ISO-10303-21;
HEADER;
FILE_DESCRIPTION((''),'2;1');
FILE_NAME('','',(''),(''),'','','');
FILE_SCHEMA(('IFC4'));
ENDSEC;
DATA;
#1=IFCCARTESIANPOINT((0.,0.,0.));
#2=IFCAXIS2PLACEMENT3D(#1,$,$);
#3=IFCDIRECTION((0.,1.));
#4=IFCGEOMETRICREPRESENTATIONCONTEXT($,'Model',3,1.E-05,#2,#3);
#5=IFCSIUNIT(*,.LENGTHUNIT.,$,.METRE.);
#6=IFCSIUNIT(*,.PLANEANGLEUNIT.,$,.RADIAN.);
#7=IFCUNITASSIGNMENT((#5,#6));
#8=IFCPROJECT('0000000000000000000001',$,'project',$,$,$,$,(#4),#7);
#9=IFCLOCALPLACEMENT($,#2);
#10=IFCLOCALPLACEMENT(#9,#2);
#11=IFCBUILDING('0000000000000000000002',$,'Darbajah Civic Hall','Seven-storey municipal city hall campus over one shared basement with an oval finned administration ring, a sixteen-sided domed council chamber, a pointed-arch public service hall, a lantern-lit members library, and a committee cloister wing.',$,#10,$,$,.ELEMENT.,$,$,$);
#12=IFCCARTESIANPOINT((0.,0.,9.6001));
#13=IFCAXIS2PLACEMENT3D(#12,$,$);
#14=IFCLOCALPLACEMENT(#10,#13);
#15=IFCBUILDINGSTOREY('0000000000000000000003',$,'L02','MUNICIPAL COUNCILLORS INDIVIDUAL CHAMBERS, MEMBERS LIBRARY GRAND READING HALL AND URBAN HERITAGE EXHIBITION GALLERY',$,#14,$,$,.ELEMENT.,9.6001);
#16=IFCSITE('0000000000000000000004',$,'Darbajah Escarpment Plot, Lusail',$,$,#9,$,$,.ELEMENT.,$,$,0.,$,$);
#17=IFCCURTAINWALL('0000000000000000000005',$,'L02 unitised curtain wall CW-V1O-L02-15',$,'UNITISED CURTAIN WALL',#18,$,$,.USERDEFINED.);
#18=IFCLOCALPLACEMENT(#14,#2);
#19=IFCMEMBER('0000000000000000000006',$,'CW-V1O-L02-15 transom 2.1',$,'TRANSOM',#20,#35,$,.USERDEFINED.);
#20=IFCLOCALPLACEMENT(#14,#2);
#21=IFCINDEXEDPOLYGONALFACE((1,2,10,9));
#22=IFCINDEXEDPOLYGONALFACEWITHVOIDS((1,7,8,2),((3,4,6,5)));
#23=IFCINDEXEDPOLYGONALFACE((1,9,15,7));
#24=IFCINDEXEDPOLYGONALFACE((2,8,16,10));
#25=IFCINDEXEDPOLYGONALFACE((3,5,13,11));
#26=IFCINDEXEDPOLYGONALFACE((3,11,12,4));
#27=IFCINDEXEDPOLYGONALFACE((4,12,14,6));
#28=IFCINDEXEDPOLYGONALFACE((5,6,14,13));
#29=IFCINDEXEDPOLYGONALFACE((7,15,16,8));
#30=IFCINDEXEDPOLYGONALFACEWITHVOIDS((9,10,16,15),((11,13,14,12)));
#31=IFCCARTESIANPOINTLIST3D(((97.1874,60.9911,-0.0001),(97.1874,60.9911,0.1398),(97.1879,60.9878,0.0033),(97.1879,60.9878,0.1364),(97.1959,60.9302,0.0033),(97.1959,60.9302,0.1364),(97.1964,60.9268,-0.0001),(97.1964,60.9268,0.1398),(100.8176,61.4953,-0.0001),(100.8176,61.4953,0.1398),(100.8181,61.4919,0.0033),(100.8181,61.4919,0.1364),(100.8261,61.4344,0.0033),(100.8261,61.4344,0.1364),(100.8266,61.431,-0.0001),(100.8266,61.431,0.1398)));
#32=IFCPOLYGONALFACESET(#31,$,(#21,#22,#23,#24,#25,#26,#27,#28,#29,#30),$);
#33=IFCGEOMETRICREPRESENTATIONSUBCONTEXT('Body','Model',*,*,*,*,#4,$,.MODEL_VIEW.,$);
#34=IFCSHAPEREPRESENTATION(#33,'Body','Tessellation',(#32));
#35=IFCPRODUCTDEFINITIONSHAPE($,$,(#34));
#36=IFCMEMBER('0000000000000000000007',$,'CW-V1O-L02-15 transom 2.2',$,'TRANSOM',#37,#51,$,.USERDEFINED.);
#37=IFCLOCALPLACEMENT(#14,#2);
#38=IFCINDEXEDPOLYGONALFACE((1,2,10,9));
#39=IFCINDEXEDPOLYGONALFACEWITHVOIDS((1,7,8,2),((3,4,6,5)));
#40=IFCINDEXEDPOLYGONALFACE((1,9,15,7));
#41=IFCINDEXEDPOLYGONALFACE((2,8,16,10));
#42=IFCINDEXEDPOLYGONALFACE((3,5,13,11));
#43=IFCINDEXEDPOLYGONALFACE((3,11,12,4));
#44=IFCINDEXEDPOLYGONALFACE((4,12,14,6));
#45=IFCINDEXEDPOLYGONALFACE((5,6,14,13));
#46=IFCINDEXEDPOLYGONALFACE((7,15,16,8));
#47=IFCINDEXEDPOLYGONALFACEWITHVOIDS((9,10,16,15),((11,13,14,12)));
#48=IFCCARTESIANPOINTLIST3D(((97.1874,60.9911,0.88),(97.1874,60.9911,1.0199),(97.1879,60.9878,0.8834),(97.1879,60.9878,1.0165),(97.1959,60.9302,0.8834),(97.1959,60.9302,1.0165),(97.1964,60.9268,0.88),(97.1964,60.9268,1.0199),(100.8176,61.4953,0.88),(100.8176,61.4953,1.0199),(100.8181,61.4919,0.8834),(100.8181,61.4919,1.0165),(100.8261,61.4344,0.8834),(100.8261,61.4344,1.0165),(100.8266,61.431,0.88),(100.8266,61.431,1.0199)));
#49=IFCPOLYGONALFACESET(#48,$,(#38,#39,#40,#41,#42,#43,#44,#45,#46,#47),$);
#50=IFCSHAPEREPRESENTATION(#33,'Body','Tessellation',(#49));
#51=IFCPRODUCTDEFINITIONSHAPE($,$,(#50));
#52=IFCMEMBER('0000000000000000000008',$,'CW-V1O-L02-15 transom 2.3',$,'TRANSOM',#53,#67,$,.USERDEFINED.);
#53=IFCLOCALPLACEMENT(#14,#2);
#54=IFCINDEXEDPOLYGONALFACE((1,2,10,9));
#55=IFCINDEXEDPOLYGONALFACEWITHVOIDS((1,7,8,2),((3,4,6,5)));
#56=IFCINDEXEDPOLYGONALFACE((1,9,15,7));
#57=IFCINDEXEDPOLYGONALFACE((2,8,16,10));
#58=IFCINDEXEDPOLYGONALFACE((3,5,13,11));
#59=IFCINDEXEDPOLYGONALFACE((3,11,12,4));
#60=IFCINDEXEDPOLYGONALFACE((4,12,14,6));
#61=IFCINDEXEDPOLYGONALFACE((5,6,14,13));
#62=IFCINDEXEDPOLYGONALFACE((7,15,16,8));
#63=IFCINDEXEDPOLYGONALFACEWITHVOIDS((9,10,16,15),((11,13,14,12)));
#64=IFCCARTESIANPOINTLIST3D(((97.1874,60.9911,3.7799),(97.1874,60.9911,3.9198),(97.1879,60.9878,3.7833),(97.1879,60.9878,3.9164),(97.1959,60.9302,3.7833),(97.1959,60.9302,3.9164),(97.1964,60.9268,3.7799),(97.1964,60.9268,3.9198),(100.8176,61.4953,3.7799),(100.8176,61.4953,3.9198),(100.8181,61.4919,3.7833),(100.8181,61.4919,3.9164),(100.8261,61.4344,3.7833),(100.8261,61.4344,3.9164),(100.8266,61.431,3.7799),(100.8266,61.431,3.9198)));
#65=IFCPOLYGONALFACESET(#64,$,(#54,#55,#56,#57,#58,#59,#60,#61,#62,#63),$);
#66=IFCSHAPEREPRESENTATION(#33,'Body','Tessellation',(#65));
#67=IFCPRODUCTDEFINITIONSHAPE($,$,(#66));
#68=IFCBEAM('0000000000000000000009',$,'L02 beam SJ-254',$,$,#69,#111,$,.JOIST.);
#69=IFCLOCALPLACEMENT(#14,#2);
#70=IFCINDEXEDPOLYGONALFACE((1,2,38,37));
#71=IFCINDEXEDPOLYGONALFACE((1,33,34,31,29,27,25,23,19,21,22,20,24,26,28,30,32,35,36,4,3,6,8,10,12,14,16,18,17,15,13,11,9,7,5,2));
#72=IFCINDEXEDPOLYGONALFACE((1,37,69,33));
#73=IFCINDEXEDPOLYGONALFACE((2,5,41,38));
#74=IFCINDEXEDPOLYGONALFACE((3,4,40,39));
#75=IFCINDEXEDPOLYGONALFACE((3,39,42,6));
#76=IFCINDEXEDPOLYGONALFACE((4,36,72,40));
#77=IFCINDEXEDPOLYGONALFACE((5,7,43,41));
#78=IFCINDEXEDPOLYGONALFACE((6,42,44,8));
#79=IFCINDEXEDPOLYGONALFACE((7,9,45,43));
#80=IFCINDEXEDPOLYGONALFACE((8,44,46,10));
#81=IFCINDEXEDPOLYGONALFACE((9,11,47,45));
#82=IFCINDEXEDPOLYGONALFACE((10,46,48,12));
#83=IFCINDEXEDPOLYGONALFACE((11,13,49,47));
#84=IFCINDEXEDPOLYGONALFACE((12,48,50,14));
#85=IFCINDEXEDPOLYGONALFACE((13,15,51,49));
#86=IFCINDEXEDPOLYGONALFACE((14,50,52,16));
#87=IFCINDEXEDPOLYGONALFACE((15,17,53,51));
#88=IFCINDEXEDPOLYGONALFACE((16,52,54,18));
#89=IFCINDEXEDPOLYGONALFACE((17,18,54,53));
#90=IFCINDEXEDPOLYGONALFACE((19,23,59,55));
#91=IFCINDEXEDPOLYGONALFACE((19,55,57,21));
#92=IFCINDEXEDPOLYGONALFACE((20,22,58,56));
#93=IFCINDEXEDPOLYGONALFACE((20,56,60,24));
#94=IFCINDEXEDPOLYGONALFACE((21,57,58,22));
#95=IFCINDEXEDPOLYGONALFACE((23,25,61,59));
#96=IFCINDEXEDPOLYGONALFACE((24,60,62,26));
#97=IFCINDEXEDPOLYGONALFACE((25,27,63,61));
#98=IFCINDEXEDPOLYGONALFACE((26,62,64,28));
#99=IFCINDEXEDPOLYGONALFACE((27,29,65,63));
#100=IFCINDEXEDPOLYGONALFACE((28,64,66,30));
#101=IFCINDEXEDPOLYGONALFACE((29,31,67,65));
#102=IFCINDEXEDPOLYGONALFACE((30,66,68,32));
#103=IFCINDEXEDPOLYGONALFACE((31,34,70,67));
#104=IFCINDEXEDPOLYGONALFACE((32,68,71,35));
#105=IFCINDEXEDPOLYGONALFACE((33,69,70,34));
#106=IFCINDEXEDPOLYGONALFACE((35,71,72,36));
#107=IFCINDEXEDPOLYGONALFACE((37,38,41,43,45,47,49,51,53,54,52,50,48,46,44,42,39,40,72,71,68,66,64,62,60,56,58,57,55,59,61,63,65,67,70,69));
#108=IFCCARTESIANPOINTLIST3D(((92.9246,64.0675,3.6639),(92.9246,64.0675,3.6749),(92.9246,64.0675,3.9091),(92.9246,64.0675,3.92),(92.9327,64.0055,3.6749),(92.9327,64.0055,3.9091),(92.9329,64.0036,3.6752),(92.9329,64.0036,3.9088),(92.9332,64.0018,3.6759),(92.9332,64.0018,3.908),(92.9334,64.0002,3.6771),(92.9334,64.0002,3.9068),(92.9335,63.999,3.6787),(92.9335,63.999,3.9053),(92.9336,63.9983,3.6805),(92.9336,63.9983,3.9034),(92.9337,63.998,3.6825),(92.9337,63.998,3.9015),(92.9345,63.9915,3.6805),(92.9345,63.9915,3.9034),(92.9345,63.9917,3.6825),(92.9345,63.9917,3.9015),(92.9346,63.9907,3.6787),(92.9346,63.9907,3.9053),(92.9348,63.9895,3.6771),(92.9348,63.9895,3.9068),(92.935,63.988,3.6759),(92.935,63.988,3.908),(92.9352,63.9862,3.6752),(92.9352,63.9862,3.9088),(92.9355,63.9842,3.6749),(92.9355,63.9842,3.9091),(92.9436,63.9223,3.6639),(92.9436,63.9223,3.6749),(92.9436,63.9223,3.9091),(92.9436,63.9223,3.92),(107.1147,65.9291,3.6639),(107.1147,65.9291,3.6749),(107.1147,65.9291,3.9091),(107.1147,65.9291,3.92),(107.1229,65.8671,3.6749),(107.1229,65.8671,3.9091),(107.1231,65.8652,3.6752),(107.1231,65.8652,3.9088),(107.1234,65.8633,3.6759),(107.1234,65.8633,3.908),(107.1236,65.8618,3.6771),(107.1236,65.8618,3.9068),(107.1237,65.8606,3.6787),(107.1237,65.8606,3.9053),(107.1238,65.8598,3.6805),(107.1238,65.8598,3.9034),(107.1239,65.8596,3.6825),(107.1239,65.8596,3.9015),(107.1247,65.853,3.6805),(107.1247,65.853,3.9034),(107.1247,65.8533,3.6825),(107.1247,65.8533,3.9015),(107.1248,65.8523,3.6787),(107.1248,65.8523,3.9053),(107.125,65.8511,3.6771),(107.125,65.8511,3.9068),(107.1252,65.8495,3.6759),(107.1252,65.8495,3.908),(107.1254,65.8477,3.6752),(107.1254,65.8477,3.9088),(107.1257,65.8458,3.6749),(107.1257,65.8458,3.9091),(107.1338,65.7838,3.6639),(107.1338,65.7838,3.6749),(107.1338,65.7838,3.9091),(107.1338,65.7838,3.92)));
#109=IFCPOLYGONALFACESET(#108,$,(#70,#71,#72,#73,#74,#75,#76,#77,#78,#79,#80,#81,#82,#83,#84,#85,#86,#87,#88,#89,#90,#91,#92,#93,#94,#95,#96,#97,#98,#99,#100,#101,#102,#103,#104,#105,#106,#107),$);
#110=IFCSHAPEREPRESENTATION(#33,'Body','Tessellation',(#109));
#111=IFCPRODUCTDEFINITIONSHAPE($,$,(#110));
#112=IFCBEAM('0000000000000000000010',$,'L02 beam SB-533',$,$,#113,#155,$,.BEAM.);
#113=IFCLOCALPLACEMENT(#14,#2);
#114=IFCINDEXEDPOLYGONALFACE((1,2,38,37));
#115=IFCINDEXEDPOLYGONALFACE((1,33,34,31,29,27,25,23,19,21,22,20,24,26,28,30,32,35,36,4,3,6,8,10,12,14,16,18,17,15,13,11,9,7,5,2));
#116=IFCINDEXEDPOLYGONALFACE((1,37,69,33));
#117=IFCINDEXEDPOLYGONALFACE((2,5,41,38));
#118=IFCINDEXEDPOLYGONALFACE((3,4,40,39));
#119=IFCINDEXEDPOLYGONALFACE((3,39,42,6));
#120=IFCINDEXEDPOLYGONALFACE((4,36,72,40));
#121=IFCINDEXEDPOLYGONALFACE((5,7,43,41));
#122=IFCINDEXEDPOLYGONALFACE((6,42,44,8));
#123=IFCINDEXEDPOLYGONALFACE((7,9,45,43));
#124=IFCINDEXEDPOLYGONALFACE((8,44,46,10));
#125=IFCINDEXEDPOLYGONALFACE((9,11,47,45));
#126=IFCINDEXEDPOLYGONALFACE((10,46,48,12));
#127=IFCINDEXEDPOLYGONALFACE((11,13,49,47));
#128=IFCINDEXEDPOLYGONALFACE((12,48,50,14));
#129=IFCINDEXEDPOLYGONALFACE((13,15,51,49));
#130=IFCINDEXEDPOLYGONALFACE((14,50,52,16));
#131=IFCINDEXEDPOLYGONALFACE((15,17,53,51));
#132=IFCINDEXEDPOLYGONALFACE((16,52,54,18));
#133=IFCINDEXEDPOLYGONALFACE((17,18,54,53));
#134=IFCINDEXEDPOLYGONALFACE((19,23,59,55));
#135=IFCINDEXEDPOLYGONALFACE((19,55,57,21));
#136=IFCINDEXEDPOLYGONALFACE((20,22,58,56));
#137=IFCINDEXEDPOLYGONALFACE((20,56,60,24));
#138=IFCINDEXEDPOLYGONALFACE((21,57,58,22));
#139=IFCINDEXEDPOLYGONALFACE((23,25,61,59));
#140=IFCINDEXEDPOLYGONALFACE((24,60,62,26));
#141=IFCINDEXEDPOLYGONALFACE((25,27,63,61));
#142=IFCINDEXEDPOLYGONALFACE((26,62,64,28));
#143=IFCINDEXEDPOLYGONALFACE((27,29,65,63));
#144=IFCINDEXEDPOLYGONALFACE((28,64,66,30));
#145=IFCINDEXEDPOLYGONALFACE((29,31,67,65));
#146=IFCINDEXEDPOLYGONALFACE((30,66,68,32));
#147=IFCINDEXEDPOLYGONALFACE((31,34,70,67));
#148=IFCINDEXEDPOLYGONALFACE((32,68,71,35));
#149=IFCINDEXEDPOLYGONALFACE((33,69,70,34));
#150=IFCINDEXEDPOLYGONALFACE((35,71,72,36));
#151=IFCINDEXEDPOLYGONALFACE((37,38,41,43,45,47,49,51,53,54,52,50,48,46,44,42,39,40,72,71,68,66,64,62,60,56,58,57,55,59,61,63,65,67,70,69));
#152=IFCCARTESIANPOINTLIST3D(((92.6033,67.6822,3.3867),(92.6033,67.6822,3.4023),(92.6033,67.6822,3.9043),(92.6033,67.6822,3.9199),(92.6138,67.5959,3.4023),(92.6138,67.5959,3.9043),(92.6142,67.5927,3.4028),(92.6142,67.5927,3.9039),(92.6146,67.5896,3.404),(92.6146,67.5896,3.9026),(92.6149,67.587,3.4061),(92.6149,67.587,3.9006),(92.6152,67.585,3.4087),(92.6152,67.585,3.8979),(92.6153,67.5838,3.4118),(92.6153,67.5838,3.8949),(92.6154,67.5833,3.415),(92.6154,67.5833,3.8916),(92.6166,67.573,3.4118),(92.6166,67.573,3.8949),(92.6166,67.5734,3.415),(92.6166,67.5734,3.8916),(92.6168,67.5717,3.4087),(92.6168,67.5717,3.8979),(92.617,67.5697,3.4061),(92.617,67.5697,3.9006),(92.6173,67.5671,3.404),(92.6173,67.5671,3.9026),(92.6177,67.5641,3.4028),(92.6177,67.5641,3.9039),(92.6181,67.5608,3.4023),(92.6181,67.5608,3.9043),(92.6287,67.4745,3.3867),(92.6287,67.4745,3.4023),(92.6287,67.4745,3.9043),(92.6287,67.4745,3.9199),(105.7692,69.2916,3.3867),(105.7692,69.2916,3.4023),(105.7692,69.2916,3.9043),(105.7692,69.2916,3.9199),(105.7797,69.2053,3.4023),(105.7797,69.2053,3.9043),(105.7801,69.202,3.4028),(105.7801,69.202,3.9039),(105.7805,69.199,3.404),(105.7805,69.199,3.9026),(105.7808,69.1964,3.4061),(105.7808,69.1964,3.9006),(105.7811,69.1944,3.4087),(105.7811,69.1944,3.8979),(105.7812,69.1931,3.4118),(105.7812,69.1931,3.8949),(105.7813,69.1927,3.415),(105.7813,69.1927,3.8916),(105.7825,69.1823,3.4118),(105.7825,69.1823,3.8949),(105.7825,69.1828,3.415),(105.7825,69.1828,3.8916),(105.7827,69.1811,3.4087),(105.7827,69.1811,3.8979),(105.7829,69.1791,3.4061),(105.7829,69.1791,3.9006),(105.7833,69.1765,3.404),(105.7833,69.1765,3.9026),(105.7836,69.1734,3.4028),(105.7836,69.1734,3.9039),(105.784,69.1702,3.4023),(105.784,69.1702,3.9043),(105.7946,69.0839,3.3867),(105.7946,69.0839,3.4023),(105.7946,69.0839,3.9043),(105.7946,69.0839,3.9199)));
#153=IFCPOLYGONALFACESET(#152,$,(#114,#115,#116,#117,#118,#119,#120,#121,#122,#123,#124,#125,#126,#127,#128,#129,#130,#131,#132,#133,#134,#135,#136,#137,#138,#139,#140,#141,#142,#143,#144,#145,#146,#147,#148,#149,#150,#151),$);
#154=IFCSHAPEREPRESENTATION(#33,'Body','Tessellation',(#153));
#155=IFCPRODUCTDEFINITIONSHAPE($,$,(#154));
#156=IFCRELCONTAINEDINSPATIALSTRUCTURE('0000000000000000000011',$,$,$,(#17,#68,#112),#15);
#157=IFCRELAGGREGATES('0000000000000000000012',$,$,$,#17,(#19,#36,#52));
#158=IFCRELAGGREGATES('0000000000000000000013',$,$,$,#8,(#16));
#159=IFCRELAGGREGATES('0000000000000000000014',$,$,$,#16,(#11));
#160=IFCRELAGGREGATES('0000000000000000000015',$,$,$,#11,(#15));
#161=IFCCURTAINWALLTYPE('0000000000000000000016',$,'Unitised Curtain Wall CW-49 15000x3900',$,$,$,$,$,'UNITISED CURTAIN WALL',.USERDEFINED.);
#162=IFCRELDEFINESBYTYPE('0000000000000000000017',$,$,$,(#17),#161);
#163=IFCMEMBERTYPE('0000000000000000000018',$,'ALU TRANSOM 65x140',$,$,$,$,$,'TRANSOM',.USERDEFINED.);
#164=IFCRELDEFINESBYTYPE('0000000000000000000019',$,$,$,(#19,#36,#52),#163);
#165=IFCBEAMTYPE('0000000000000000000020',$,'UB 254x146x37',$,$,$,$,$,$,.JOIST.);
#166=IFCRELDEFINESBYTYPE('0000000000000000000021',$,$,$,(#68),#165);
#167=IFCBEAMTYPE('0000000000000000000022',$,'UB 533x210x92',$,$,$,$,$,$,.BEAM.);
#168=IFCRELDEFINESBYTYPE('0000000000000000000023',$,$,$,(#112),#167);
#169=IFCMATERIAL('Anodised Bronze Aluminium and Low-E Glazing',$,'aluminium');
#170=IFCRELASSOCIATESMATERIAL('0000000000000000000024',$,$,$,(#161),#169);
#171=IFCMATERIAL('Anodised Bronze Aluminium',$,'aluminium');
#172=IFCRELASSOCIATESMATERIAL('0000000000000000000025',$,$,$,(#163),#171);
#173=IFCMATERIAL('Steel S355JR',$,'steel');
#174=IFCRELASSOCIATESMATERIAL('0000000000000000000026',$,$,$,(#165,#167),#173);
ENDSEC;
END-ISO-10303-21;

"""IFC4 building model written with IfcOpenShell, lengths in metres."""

from ifc_helpers import new_model, si_unit, direction, frame, origin, origin_2d, place, context, subcontext, project, spatial, hollow_rectangle, i_section, extrude, material, material_profile, profile_set, type_object, element, aggregate, save


model = new_model("IFC4")

# Units and contexts
model_context = context("Model", 3, precision=1e-05, world=origin(), true_north=direction((0.0, 1.0)))
body_context = subcontext(model_context, "Body", "Model", "MODEL_VIEW")
ifc_project = project(units=[si_unit("LENGTHUNIT", "METRE"), si_unit("PLANEANGLEUNIT", "RADIAN")], contexts=[model_context])

# Site, building, storey
site_placement = place(None, origin())
site = spatial("IfcSite", under=ifc_project, at=site_placement, Name="Darbajah Escarpment Plot, Lusail", CompositionType="ELEMENT", RefElevation=0.0)
building_placement = place(site_placement, origin())
building = spatial("IfcBuilding", under=site, at=building_placement, Name="Darbajah Civic Hall", Description="Seven-storey municipal city hall campus over one shared basement with an oval finned administration ring, a sixteen-sided domed council chamber, a pointed-arch public service hall, a lantern-lit members library, and a committee cloister wing.", CompositionType="ELEMENT")
storey_placement = place(building_placement, frame((0.0, 0.0, 9.6001)))
storey = spatial("IfcBuildingStorey", under=building, at=storey_placement, Name="L02", Description="MUNICIPAL COUNCILLORS INDIVIDUAL CHAMBERS, MEMBERS LIBRARY GRAND READING HALL AND URBAN HERITAGE EXHIBITION GALLERY", CompositionType="ELEMENT", Elevation=9.6001)

# Shared definitions
ifc_material_1 = material(Name="Anodised Bronze Aluminium and Low-E Glazing", Category="aluminium")
ifc_material_2 = material(Name="Anodised Bronze Aluminium", Category="aluminium")

# Curtain wall
curtain_wall_type_1 = type_object("IfcCurtainWallType", Name="Unitised Curtain Wall CW-49 15000x3900", ElementType="UNITISED CURTAIN WALL", PredefinedType="USERDEFINED", material=ifc_material_1)
curtain_wall_1_placement = place(storey_placement, origin())
curtain_wall_1 = element("IfcCurtainWall", 1, at=curtain_wall_1_placement, inside=storey, type_object=curtain_wall_type_1, Name="L02 unitised curtain wall CW-V1O-L02-15", ObjectType="UNITISED CURTAIN WALL", PredefinedType="USERDEFINED")

# Members
ifc_material_profile_1 = material_profile(ifc_material_2, hollow_rectangle(XDim=0.0649, YDim=0.1399, WallThickness=0.0034, at=origin_2d()), Name="ALU TRANSOM 65x140")
ifc_profile_set_1 = profile_set([ifc_material_profile_1], Name="Anodised Bronze Aluminium")
member_type_1 = type_object("IfcMemberType", Name="ALU TRANSOM 65x140", ElementType="TRANSOM", PredefinedType="USERDEFINED", material=ifc_profile_set_1)
member_1_placement = place(storey_placement, frame((97.1919, 60.959, 0.0698), z_axis=(0.990494, 0.137559, 0.0), x_axis=(-0.137559, 0.990494, 0.0)))
member_1 = element("IfcMember", 2, at=member_1_placement, type_object=member_type_1, Name="CW-V1O-L02-15 transom 2.1", ObjectType="TRANSOM", PredefinedType="USERDEFINED", context=body_context, shape_type="SweptSolid", body=[
    extrude(hollow_rectangle(XDim=0.0649, YDim=0.1399, WallThickness=0.0034, at=origin_2d()), origin(), (0.0, 0.0, 1.0), 3.665),
])
member_2_placement = place(storey_placement, frame((97.1919, 60.959, 0.95), z_axis=(0.990494, 0.137559, 0.0), x_axis=(-0.137559, 0.990494, 0.0)))
member_2 = element("IfcMember", 3, at=member_2_placement, type_object=member_type_1, Name="CW-V1O-L02-15 transom 2.2", ObjectType="TRANSOM", PredefinedType="USERDEFINED", context=body_context, shape_type="SweptSolid", body=[
    extrude(hollow_rectangle(XDim=0.0649, YDim=0.1399, WallThickness=0.0034, at=origin_2d()), origin(), (0.0, 0.0, 1.0), 3.665),
])
member_3_placement = place(storey_placement, frame((97.1919, 60.959, 3.8499), z_axis=(0.990494, 0.137559, 0.0), x_axis=(-0.137559, 0.990494, 0.0)))
member_3 = element("IfcMember", 4, at=member_3_placement, type_object=member_type_1, Name="CW-V1O-L02-15 transom 2.3", ObjectType="TRANSOM", PredefinedType="USERDEFINED", context=body_context, shape_type="SweptSolid", body=[
    extrude(hollow_rectangle(XDim=0.0649, YDim=0.1399, WallThickness=0.0034, at=origin_2d()), origin(), (0.0, 0.0, 1.0), 3.665),
])

# Beams
ifc_material_3 = material(Name="Steel S355JR", Category="steel")
ifc_material_profile_2 = material_profile(ifc_material_3, i_section(OverallWidth=0.1465, OverallDepth=0.2561, WebThickness=0.0063, FlangeThickness=0.011, FilletRadius=0.0076, at=origin_2d()), Name="UB 254x146x37")
ifc_profile_set_2 = profile_set([ifc_material_profile_2], Name="Steel S355JR")
beam_type_1 = type_object("IfcBeamType", Name="UB 254x146x37", PredefinedType="JOIST", material=ifc_profile_set_2)
beam_1_placement = place(storey_placement, frame((92.9341, 63.9949, 3.792), z_axis=(0.991504, 0.130073, 0.0), x_axis=(-0.130073, 0.991504, 0.0)))
element("IfcBeam", 5, at=beam_1_placement, inside=storey, type_object=beam_type_1, Name="L02 beam SJ-254", PredefinedType="JOIST", context=body_context, shape_type="SweptSolid", body=[
    extrude(i_section(OverallWidth=0.1465, OverallDepth=0.2561, WebThickness=0.0063, FlangeThickness=0.011, FilletRadius=0.0076, at=origin_2d()), origin(), (0.0, 0.0, 1.0), 14.3118),
])
ifc_material_profile_3 = material_profile(ifc_material_3, i_section(OverallWidth=0.2092, OverallDepth=0.5332, WebThickness=0.01, FlangeThickness=0.0156, FilletRadius=0.0127, at=origin_2d()), Name="UB 533x210x92")
ifc_profile_set_3 = profile_set([ifc_material_profile_3], Name="Steel S355JR")
beam_type_2 = type_object("IfcBeamType", Name="UB 533x210x92", PredefinedType="BEAM", material=ifc_profile_set_3)
beam_2_placement = place(storey_placement, frame((92.616, 67.5784, 3.6533), z_axis=(0.992612, 0.121334, 0.0), x_axis=(-0.121334, 0.992612, 0.0)))
element("IfcBeam", 6, at=beam_2_placement, inside=storey, type_object=beam_type_2, Name="L02 beam SB-533", PredefinedType="BEAM", context=body_context, shape_type="SweptSolid", body=[
    extrude(i_section(OverallWidth=0.2092, OverallDepth=0.5332, WebThickness=0.01, FlangeThickness=0.0156, FilletRadius=0.0127, at=origin_2d()), origin(), (0.0, 0.0, 1.0), 13.2639),
])

aggregate(curtain_wall_1, [member_1, member_2, member_3])

save(model, "model.ifc")
